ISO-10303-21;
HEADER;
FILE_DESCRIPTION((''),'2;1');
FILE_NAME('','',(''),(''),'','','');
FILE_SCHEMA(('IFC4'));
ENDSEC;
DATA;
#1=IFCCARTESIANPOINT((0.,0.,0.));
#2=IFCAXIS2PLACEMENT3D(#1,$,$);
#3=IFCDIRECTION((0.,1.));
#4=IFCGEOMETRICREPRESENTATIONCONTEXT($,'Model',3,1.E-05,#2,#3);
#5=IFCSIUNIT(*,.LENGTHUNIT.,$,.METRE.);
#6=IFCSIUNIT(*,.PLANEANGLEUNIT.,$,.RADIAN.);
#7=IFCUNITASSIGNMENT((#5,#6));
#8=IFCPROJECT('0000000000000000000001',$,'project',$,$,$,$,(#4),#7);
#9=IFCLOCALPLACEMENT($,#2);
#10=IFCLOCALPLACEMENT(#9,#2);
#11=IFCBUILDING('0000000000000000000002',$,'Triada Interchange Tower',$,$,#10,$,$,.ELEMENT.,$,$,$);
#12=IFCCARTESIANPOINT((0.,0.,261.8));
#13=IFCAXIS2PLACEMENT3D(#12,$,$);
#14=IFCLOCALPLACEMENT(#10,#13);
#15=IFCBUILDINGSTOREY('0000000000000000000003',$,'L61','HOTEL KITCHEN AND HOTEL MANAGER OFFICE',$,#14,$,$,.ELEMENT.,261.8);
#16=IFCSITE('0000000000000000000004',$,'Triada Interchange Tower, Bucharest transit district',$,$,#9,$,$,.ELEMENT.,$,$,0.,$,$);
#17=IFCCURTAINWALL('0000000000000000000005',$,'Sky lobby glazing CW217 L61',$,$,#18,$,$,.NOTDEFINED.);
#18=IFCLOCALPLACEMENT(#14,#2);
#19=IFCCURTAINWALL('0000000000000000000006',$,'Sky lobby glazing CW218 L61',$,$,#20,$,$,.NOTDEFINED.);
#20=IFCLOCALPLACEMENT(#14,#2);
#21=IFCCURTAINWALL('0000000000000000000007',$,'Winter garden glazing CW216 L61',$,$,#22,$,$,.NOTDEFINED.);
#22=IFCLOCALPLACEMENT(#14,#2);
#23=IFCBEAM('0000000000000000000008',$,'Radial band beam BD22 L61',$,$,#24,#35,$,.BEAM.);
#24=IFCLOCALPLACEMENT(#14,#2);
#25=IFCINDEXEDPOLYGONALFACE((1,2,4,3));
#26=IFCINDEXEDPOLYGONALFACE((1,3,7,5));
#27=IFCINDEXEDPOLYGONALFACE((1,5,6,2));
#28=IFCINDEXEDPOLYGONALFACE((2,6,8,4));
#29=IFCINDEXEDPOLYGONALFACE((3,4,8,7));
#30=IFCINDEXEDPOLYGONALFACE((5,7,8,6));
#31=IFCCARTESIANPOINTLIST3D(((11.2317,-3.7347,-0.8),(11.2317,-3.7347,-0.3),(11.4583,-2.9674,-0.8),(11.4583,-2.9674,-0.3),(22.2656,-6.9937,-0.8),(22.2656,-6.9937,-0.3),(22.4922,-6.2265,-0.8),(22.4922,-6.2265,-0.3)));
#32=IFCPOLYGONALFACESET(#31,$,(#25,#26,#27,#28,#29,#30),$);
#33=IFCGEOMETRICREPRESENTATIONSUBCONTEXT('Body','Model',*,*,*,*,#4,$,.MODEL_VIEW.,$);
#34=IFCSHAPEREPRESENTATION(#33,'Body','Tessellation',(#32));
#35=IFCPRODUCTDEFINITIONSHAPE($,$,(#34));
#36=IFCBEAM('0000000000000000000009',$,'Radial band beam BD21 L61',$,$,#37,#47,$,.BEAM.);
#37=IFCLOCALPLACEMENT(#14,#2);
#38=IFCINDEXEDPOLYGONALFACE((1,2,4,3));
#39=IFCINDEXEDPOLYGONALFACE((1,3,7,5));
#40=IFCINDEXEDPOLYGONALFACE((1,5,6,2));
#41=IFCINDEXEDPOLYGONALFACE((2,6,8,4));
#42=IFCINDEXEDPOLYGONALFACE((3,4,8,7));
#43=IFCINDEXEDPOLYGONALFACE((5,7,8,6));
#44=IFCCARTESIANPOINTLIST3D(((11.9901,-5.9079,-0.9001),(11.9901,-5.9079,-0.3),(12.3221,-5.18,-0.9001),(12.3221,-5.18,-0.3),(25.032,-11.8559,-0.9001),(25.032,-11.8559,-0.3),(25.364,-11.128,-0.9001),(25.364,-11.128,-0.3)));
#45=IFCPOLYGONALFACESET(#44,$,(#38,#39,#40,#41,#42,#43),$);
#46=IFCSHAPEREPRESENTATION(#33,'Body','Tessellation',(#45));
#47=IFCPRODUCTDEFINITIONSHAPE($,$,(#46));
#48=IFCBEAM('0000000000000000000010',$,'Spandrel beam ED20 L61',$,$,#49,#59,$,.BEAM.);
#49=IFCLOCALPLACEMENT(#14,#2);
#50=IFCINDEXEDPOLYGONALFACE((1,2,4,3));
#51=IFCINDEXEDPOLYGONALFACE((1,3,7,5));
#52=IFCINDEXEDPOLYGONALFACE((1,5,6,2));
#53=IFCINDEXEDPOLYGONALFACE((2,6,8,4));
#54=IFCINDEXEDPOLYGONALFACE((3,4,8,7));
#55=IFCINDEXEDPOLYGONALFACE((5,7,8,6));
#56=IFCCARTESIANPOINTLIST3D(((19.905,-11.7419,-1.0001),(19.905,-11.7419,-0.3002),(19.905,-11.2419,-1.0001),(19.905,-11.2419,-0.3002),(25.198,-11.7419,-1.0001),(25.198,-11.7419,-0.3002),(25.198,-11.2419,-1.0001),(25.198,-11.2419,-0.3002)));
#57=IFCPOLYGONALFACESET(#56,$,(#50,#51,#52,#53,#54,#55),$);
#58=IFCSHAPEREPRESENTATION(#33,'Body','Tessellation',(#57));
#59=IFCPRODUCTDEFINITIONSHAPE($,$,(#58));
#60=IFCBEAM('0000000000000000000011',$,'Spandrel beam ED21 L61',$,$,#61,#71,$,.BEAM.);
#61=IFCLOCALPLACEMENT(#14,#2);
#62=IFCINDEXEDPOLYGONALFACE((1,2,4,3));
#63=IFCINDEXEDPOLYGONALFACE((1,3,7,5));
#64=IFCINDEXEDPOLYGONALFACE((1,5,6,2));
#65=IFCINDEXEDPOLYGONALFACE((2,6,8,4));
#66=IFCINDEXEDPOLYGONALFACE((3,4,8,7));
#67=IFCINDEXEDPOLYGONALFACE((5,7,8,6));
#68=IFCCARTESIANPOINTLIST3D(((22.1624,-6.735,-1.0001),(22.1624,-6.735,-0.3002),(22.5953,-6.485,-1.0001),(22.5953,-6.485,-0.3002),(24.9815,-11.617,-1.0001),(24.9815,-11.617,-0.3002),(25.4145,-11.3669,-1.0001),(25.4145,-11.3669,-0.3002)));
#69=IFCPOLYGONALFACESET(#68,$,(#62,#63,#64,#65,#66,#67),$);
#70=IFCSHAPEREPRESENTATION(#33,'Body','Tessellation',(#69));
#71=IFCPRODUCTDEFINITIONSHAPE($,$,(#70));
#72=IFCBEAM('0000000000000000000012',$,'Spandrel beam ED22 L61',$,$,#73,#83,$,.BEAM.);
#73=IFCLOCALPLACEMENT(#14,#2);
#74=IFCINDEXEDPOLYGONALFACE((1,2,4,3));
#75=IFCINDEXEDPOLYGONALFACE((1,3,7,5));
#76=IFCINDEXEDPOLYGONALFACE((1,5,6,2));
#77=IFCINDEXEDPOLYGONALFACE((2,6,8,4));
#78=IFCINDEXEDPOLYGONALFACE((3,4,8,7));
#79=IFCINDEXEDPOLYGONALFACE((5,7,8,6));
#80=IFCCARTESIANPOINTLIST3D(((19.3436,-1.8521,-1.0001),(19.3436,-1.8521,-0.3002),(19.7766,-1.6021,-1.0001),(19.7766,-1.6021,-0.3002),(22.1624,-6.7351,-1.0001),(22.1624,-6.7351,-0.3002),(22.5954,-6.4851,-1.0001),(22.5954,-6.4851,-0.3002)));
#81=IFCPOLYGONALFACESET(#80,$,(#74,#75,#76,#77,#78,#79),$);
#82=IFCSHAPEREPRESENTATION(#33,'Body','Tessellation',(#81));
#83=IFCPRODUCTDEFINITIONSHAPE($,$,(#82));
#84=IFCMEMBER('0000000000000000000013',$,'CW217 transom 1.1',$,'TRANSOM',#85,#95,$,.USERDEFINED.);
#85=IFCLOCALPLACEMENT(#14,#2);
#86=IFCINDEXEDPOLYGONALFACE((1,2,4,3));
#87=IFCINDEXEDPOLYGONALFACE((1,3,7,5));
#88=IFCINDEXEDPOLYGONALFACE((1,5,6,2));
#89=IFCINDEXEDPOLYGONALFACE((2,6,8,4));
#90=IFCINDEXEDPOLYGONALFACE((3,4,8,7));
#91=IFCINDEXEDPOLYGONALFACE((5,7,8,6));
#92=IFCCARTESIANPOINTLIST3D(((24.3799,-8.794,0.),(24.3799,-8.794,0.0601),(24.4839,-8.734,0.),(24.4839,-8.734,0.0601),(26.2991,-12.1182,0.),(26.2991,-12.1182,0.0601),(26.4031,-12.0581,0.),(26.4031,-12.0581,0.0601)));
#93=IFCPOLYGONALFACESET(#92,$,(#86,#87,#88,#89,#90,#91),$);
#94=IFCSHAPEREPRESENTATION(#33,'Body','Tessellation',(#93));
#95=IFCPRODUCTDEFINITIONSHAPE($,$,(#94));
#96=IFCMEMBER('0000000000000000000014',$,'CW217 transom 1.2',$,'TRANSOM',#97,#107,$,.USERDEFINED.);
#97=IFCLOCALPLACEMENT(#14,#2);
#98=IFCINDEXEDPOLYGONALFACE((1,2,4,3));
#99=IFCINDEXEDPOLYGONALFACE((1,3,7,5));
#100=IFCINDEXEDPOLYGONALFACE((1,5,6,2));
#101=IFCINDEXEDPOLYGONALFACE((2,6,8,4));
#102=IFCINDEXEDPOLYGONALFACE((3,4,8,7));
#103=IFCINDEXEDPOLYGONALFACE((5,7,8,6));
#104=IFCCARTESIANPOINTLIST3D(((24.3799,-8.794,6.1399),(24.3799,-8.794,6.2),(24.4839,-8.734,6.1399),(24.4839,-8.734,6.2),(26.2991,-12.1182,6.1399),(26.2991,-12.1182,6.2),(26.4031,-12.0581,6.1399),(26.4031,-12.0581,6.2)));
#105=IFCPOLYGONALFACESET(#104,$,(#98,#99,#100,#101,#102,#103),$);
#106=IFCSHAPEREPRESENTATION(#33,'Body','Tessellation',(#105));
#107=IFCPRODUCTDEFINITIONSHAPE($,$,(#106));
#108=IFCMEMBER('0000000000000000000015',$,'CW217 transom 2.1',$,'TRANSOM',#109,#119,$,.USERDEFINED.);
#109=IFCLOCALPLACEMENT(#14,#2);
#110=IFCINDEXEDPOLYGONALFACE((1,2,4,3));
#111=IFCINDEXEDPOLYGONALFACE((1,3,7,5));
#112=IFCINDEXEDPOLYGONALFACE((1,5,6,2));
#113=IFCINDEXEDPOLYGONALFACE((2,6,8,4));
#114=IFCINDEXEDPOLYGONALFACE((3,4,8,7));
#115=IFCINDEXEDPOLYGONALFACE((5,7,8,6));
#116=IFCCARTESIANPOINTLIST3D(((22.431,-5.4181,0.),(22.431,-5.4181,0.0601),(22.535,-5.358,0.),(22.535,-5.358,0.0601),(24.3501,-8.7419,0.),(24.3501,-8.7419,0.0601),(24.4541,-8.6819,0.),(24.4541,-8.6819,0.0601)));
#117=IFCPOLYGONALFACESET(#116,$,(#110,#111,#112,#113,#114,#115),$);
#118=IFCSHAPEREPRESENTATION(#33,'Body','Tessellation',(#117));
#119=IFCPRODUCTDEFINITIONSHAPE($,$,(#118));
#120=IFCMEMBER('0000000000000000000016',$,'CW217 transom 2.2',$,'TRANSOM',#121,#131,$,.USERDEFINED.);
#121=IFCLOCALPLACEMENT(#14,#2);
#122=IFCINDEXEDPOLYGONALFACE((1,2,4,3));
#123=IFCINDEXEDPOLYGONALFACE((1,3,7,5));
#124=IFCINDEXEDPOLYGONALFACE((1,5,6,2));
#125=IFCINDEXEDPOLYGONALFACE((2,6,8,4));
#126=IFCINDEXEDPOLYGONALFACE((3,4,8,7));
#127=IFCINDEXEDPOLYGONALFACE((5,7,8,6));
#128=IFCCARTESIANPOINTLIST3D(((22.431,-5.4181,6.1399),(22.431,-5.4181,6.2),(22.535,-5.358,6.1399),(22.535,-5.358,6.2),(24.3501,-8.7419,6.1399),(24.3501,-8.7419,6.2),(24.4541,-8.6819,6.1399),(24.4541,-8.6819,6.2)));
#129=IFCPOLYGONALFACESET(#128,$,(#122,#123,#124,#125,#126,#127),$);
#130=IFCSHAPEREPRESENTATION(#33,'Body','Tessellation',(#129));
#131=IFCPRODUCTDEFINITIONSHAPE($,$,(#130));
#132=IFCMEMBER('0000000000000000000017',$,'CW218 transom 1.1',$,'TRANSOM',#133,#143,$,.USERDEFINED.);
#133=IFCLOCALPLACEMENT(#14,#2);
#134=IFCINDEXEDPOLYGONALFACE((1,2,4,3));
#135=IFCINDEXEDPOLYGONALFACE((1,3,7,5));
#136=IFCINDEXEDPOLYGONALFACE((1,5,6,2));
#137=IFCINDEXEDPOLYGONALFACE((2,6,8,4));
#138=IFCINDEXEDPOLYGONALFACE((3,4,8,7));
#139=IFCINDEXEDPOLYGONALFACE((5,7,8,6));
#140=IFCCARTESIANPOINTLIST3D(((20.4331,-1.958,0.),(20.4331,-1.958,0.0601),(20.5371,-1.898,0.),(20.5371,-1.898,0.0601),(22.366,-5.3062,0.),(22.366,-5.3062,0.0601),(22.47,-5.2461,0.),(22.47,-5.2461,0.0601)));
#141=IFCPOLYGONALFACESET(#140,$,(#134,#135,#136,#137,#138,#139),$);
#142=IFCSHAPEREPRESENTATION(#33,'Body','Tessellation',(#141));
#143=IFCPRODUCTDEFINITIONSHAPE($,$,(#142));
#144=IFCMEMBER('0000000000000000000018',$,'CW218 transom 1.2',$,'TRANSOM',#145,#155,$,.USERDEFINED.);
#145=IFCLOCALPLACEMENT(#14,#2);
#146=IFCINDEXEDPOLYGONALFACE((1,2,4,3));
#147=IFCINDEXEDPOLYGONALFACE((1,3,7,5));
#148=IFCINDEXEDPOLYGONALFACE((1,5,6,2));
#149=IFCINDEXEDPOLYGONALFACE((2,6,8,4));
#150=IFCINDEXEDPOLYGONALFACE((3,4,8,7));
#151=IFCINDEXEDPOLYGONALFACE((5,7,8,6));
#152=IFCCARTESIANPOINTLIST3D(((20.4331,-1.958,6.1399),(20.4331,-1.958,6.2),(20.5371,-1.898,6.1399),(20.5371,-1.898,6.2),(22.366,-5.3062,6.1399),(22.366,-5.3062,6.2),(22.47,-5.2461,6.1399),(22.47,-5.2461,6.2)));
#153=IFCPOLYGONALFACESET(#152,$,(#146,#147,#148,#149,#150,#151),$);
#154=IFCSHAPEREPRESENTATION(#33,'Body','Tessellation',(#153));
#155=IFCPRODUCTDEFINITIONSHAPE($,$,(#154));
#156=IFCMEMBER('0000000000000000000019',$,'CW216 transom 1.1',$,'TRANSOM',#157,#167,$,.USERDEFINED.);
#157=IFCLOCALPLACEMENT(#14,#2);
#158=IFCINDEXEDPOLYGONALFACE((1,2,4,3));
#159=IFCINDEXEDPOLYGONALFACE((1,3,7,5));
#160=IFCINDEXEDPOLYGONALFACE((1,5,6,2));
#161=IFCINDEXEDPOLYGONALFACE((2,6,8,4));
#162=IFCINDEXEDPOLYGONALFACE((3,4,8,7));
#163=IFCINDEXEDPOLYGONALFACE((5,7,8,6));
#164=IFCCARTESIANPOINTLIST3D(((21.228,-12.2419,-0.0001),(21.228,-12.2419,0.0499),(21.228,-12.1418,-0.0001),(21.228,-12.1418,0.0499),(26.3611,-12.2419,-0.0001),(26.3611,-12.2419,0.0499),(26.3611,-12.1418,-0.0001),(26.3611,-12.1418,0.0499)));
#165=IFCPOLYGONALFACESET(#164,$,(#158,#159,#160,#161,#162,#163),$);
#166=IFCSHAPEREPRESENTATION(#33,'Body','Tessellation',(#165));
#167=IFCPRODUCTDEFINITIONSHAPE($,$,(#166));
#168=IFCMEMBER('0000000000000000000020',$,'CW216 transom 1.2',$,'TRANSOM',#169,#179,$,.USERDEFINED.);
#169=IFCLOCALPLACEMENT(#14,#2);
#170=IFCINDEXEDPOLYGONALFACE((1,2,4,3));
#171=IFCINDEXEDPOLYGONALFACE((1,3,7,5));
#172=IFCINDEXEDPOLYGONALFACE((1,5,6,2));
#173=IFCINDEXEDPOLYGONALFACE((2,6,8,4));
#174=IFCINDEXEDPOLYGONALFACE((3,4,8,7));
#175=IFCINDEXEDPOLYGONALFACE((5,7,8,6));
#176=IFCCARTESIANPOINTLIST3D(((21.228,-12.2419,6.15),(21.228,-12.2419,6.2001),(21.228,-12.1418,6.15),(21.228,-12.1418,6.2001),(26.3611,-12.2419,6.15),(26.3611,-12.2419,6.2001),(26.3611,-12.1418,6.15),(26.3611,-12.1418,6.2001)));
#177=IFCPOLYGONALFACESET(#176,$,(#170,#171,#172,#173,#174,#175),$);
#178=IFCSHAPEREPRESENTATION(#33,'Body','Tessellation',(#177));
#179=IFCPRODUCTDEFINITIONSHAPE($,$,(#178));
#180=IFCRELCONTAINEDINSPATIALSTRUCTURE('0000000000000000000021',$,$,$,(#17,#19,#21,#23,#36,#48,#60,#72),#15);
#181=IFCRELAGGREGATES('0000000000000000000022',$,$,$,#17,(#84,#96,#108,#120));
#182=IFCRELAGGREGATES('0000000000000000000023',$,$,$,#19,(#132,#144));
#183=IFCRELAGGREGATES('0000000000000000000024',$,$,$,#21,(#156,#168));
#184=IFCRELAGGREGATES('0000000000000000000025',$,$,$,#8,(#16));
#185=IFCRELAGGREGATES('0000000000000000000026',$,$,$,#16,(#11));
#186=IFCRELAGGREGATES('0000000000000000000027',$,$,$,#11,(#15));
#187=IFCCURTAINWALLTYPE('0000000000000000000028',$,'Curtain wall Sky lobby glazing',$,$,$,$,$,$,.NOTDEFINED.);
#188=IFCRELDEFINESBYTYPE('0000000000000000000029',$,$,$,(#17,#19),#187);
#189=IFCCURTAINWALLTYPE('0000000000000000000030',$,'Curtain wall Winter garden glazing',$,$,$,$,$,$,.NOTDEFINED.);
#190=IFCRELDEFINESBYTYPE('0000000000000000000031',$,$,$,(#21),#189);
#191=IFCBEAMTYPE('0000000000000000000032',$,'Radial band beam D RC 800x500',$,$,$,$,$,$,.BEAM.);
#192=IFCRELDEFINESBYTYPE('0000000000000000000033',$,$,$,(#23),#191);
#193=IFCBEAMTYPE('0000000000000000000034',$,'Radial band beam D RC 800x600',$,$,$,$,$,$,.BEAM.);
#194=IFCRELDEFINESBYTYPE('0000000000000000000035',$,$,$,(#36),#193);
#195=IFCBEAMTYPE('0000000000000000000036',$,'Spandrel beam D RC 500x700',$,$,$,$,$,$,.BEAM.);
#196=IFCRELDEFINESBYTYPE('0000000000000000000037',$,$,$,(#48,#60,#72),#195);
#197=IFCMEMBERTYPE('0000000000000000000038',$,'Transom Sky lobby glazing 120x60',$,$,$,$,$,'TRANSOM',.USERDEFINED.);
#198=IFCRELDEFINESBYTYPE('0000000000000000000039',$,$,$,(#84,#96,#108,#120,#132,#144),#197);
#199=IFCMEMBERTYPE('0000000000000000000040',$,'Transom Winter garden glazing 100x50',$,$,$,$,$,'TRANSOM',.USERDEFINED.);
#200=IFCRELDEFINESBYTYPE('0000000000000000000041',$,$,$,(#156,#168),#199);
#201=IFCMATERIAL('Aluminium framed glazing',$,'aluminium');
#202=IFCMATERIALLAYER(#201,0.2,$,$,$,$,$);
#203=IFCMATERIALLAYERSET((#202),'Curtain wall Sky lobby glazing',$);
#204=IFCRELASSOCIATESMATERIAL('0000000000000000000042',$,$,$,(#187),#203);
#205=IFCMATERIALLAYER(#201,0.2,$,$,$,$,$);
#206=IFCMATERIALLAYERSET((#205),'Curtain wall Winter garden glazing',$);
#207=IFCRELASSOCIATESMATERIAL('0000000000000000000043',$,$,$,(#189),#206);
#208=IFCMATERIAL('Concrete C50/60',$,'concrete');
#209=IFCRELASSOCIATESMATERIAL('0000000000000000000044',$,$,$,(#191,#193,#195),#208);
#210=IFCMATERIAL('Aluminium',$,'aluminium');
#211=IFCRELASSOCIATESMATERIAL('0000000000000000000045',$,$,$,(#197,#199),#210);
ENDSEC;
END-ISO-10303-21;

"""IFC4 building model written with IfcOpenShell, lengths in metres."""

from ifc_helpers import new_model, si_unit, direction, frame, origin, origin_2d, place, context, subcontext, project, spatial, rectangle, extrude, material, layer, layer_set, material_profile, profile_set, type_object, element, aggregate, save


model = new_model("IFC4")

# Units and contexts
model_context = context("Model", 3, precision=1e-05, world=origin(), true_north=direction((0.0, 1.0)))
body_context = subcontext(model_context, "Body", "Model", "MODEL_VIEW")
ifc_project = project(units=[si_unit("LENGTHUNIT", "METRE"), si_unit("PLANEANGLEUNIT", "RADIAN")], contexts=[model_context])

# Site, building, storey
site_placement = place(None, origin())
site = spatial("IfcSite", under=ifc_project, at=site_placement, Name="Triada Interchange Tower, Bucharest transit district", CompositionType="ELEMENT", RefElevation=0.0)
building_placement = place(site_placement, origin())
building = spatial("IfcBuilding", under=site, at=building_placement, Name="Triada Interchange Tower", CompositionType="ELEMENT")
storey_placement = place(building_placement, frame((0.0, 0.0, 261.8)))
storey = spatial("IfcBuildingStorey", under=building, at=storey_placement, Name="L61", Description="HOTEL KITCHEN AND HOTEL MANAGER OFFICE", CompositionType="ELEMENT", Elevation=261.8)

# Curtain wall
ifc_material_1 = material(Name="Aluminium framed glazing", Category="aluminium")
ifc_layer_1 = layer(ifc_material_1, 0.2)
ifc_layer_set_1 = layer_set([ifc_layer_1], Name="Curtain wall Sky lobby glazing")
curtain_wall_type_1 = type_object("IfcCurtainWallType", Name="Curtain wall Sky lobby glazing", PredefinedType="NOTDEFINED", material=ifc_layer_set_1)
curtain_wall_1_placement = place(storey_placement, origin())
curtain_wall_1 = element("IfcCurtainWall", 1, at=curtain_wall_1_placement, inside=storey, type_object=curtain_wall_type_1, Name="Sky lobby glazing CW217 L61", PredefinedType="NOTDEFINED")
ifc_material_2 = material(Name="Aluminium", Category="aluminium")

# Curtain wall
curtain_wall_2_placement = place(storey_placement, origin())
curtain_wall_2 = element("IfcCurtainWall", 2, at=curtain_wall_2_placement, inside=storey, type_object=curtain_wall_type_1, Name="Sky lobby glazing CW218 L61", PredefinedType="NOTDEFINED")

# Curtain wall
ifc_layer_2 = layer(ifc_material_1, 0.2)
ifc_layer_set_2 = layer_set([ifc_layer_2], Name="Curtain wall Winter garden glazing")
curtain_wall_type_2 = type_object("IfcCurtainWallType", Name="Curtain wall Winter garden glazing", PredefinedType="NOTDEFINED", material=ifc_layer_set_2)
curtain_wall_3_placement = place(storey_placement, origin())
curtain_wall_3 = element("IfcCurtainWall", 3, at=curtain_wall_3_placement, inside=storey, type_object=curtain_wall_type_2, Name="Winter garden glazing CW216 L61", PredefinedType="NOTDEFINED")

# Beams
ifc_material_3 = material(Name="Concrete C50/60", Category="concrete")
ifc_material_profile_1 = material_profile(ifc_material_3, rectangle(XDim=0.8, YDim=0.5, at=origin_2d()), Name="RC 800x500")
ifc_profile_set_1 = profile_set([ifc_material_profile_1], Name="Concrete C50/60")
beam_type_1 = type_object("IfcBeamType", Name="Radial band beam D RC 800x500", PredefinedType="BEAM", material=ifc_profile_set_1)
beam_1_placement = place(storey_placement, frame((22.3789, -6.6101, -0.55), z_axis=(-0.959041, 0.283267, 0.0), x_axis=(-0.283267, -0.959041, 0.0)))
element("IfcBeam", 4, at=beam_1_placement, inside=storey, type_object=beam_type_1, Name="Radial band beam BD22 L61", PredefinedType="BEAM", context=body_context, shape_type="SweptSolid", body=[
    extrude(rectangle(XDim=0.8, YDim=0.5, at=origin_2d()), origin(), (0.0, 0.0, 1.0), 11.5051),
])
ifc_material_profile_2 = material_profile(ifc_material_3, rectangle(XDim=0.8, YDim=0.6001, at=origin_2d()), Name="RC 800x600")
ifc_profile_set_2 = profile_set([ifc_material_profile_2], Name="Concrete C50/60")
beam_type_2 = type_object("IfcBeamType", Name="Radial band beam D RC 800x600", PredefinedType="BEAM", material=ifc_profile_set_2)
beam_2_placement = place(storey_placement, frame((25.198, -11.4919, -0.6001), z_axis=(-0.909845, 0.414949, 0.0), x_axis=(-0.414949, -0.909845, 0.0)))
element("IfcBeam", 5, at=beam_2_placement, inside=storey, type_object=beam_type_2, Name="Radial band beam BD21 L61", PredefinedType="BEAM", context=body_context, shape_type="SweptSolid", body=[
    extrude(rectangle(XDim=0.8, YDim=0.6001, at=origin_2d()), origin(), (0.0, 0.0, 1.0), 14.3342),
])
ifc_material_profile_3 = material_profile(ifc_material_3, rectangle(XDim=0.5, YDim=0.7, at=origin_2d()), Name="RC 500x700")
ifc_profile_set_3 = profile_set([ifc_material_profile_3], Name="Concrete C50/60")
beam_type_3 = type_object("IfcBeamType", Name="Spandrel beam D RC 500x700", PredefinedType="BEAM", material=ifc_profile_set_3)
beam_3_placement = place(storey_placement, frame((19.905, -11.4919, -0.6501), z_axis=(1.0, 0.0, 0.0), x_axis=(0.0, 1.0, 0.0)))
element("IfcBeam", 6, at=beam_3_placement, inside=storey, type_object=beam_type_3, Name="Spandrel beam ED20 L61", PredefinedType="BEAM", context=body_context, shape_type="SweptSolid", body=[
    extrude(rectangle(XDim=0.5, YDim=0.7, at=origin_2d()), origin(), (0.0, 0.0, 1.0), 5.293),
])
beam_4_placement = place(storey_placement, frame((25.198, -11.4919, -0.6501), z_axis=(-0.500075, 0.865982, 0.0), x_axis=(-0.865982, -0.500075, 0.0)))
element("IfcBeam", 7, at=beam_4_placement, inside=storey, type_object=beam_type_3, Name="Spandrel beam ED21 L61", PredefinedType="BEAM", context=body_context, shape_type="SweptSolid", body=[
    extrude(rectangle(XDim=0.5, YDim=0.7, at=origin_2d()), origin(), (0.0, 0.0, 1.0), 5.6375),
])
beam_5_placement = place(storey_placement, frame((22.3789, -6.6101, -0.6501), z_axis=(-0.499949, 0.866055, 0.0), x_axis=(-0.866055, -0.499949, 0.0)))
element("IfcBeam", 8, at=beam_5_placement, inside=storey, type_object=beam_type_3, Name="Spandrel beam ED22 L61", PredefinedType="BEAM", context=body_context, shape_type="SweptSolid", body=[
    extrude(rectangle(XDim=0.5, YDim=0.7, at=origin_2d()), origin(), (0.0, 0.0, 1.0), 5.6382),
])

# Members
ifc_material_profile_4 = material_profile(ifc_material_2, rectangle(XDim=0.1201, YDim=0.0601, at=origin_2d()), Name="Aluminium transom")
ifc_profile_set_4 = profile_set([ifc_material_profile_4], Name="Aluminium")
member_type_1 = type_object("IfcMemberType", Name="Transom Sky lobby glazing 120x60", ElementType="TRANSOM", PredefinedType="USERDEFINED", material=ifc_profile_set_4)
member_1_placement = place(storey_placement, frame((26.3511, -12.0881, 0.03), z_axis=(-0.49999, 0.866031, 0.0), x_axis=(-0.866031, -0.49999, 0.0)))
member_1 = element("IfcMember", 9, at=member_1_placement, type_object=member_type_1, Name="CW217 transom 1.1", ObjectType="TRANSOM", PredefinedType="USERDEFINED", context=body_context, shape_type="SweptSolid", body=[
    extrude(rectangle(XDim=0.1201, YDim=0.0601, at=origin_2d()), origin(), (0.0, 0.0, 1.0), 3.8384),
])
member_2_placement = place(storey_placement, frame((26.3511, -12.0881, 6.1699), z_axis=(-0.49999, 0.866031, 0.0), x_axis=(-0.866031, -0.49999, 0.0)))
member_2 = element("IfcMember", 10, at=member_2_placement, type_object=member_type_1, Name="CW217 transom 1.2", ObjectType="TRANSOM", PredefinedType="USERDEFINED", context=body_context, shape_type="SweptSolid", body=[
    extrude(rectangle(XDim=0.1201, YDim=0.0601, at=origin_2d()), origin(), (0.0, 0.0, 1.0), 3.8384),
])
member_3_placement = place(storey_placement, frame((24.4021, -8.7119, 0.03), z_axis=(-0.500018, 0.866015, 0.0), x_axis=(-0.866015, -0.500018, 0.0)))
member_3 = element("IfcMember", 11, at=member_3_placement, type_object=member_type_1, Name="CW217 transom 2.1", ObjectType="TRANSOM", PredefinedType="USERDEFINED", context=body_context, shape_type="SweptSolid", body=[
    extrude(rectangle(XDim=0.1201, YDim=0.0601, at=origin_2d()), origin(), (0.0, 0.0, 1.0), 3.8381),
])
member_4_placement = place(storey_placement, frame((24.4021, -8.7119, 6.1699), z_axis=(-0.500018, 0.866015, 0.0), x_axis=(-0.866015, -0.500018, 0.0)))
member_4 = element("IfcMember", 12, at=member_4_placement, type_object=member_type_1, Name="CW217 transom 2.2", ObjectType="TRANSOM", PredefinedType="USERDEFINED", context=body_context, shape_type="SweptSolid", body=[
    extrude(rectangle(XDim=0.1201, YDim=0.0601, at=origin_2d()), origin(), (0.0, 0.0, 1.0), 3.8381),
])
member_5_placement = place(storey_placement, frame((22.418, -5.2761, 0.03), z_axis=(-0.499963, 0.866047, 0.0), x_axis=(-0.866047, -0.499963, 0.0)))
member_5 = element("IfcMember", 13, at=member_5_placement, type_object=member_type_1, Name="CW218 transom 1.1", ObjectType="TRANSOM", PredefinedType="USERDEFINED", context=body_context, shape_type="SweptSolid", body=[
    extrude(rectangle(XDim=0.1201, YDim=0.0601, at=origin_2d()), origin(), (0.0, 0.0, 1.0), 3.866),
])
member_6_placement = place(storey_placement, frame((22.418, -5.2761, 6.1699), z_axis=(-0.499963, 0.866047, 0.0), x_axis=(-0.866047, -0.499963, 0.0)))
member_6 = element("IfcMember", 14, at=member_6_placement, type_object=member_type_1, Name="CW218 transom 1.2", ObjectType="TRANSOM", PredefinedType="USERDEFINED", context=body_context, shape_type="SweptSolid", body=[
    extrude(rectangle(XDim=0.1201, YDim=0.0601, at=origin_2d()), origin(), (0.0, 0.0, 1.0), 3.866),
])
ifc_material_profile_5 = material_profile(ifc_material_2, rectangle(XDim=0.1001, YDim=0.05, at=origin_2d()), Name="Aluminium transom")
ifc_profile_set_5 = profile_set([ifc_material_profile_5], Name="Aluminium")
member_type_2 = type_object("IfcMemberType", Name="Transom Winter garden glazing 100x50", ElementType="TRANSOM", PredefinedType="USERDEFINED", material=ifc_profile_set_5)
member_7_placement = place(storey_placement, frame((21.228, -12.1919, 0.0249), z_axis=(1.0, 0.0, 0.0), x_axis=(0.0, 1.0, 0.0)))
member_7 = element("IfcMember", 15, at=member_7_placement, type_object=member_type_2, Name="CW216 transom 1.1", ObjectType="TRANSOM", PredefinedType="USERDEFINED", context=body_context, shape_type="SweptSolid", body=[
    extrude(rectangle(XDim=0.1001, YDim=0.05, at=origin_2d()), origin(), (0.0, 0.0, 1.0), 5.1331),
])
member_8_placement = place(storey_placement, frame((21.228, -12.1919, 6.175), z_axis=(1.0, 0.0, 0.0), x_axis=(0.0, 1.0, 0.0)))
member_8 = element("IfcMember", 16, at=member_8_placement, type_object=member_type_2, Name="CW216 transom 1.2", ObjectType="TRANSOM", PredefinedType="USERDEFINED", context=body_context, shape_type="SweptSolid", body=[
    extrude(rectangle(XDim=0.1001, YDim=0.05, at=origin_2d()), origin(), (0.0, 0.0, 1.0), 5.1331),
])

aggregate(curtain_wall_1, [member_1, member_2, member_3, member_4])
aggregate(curtain_wall_2, [member_5, member_6])
aggregate(curtain_wall_3, [member_7, member_8])

save(model, "model.ifc")
